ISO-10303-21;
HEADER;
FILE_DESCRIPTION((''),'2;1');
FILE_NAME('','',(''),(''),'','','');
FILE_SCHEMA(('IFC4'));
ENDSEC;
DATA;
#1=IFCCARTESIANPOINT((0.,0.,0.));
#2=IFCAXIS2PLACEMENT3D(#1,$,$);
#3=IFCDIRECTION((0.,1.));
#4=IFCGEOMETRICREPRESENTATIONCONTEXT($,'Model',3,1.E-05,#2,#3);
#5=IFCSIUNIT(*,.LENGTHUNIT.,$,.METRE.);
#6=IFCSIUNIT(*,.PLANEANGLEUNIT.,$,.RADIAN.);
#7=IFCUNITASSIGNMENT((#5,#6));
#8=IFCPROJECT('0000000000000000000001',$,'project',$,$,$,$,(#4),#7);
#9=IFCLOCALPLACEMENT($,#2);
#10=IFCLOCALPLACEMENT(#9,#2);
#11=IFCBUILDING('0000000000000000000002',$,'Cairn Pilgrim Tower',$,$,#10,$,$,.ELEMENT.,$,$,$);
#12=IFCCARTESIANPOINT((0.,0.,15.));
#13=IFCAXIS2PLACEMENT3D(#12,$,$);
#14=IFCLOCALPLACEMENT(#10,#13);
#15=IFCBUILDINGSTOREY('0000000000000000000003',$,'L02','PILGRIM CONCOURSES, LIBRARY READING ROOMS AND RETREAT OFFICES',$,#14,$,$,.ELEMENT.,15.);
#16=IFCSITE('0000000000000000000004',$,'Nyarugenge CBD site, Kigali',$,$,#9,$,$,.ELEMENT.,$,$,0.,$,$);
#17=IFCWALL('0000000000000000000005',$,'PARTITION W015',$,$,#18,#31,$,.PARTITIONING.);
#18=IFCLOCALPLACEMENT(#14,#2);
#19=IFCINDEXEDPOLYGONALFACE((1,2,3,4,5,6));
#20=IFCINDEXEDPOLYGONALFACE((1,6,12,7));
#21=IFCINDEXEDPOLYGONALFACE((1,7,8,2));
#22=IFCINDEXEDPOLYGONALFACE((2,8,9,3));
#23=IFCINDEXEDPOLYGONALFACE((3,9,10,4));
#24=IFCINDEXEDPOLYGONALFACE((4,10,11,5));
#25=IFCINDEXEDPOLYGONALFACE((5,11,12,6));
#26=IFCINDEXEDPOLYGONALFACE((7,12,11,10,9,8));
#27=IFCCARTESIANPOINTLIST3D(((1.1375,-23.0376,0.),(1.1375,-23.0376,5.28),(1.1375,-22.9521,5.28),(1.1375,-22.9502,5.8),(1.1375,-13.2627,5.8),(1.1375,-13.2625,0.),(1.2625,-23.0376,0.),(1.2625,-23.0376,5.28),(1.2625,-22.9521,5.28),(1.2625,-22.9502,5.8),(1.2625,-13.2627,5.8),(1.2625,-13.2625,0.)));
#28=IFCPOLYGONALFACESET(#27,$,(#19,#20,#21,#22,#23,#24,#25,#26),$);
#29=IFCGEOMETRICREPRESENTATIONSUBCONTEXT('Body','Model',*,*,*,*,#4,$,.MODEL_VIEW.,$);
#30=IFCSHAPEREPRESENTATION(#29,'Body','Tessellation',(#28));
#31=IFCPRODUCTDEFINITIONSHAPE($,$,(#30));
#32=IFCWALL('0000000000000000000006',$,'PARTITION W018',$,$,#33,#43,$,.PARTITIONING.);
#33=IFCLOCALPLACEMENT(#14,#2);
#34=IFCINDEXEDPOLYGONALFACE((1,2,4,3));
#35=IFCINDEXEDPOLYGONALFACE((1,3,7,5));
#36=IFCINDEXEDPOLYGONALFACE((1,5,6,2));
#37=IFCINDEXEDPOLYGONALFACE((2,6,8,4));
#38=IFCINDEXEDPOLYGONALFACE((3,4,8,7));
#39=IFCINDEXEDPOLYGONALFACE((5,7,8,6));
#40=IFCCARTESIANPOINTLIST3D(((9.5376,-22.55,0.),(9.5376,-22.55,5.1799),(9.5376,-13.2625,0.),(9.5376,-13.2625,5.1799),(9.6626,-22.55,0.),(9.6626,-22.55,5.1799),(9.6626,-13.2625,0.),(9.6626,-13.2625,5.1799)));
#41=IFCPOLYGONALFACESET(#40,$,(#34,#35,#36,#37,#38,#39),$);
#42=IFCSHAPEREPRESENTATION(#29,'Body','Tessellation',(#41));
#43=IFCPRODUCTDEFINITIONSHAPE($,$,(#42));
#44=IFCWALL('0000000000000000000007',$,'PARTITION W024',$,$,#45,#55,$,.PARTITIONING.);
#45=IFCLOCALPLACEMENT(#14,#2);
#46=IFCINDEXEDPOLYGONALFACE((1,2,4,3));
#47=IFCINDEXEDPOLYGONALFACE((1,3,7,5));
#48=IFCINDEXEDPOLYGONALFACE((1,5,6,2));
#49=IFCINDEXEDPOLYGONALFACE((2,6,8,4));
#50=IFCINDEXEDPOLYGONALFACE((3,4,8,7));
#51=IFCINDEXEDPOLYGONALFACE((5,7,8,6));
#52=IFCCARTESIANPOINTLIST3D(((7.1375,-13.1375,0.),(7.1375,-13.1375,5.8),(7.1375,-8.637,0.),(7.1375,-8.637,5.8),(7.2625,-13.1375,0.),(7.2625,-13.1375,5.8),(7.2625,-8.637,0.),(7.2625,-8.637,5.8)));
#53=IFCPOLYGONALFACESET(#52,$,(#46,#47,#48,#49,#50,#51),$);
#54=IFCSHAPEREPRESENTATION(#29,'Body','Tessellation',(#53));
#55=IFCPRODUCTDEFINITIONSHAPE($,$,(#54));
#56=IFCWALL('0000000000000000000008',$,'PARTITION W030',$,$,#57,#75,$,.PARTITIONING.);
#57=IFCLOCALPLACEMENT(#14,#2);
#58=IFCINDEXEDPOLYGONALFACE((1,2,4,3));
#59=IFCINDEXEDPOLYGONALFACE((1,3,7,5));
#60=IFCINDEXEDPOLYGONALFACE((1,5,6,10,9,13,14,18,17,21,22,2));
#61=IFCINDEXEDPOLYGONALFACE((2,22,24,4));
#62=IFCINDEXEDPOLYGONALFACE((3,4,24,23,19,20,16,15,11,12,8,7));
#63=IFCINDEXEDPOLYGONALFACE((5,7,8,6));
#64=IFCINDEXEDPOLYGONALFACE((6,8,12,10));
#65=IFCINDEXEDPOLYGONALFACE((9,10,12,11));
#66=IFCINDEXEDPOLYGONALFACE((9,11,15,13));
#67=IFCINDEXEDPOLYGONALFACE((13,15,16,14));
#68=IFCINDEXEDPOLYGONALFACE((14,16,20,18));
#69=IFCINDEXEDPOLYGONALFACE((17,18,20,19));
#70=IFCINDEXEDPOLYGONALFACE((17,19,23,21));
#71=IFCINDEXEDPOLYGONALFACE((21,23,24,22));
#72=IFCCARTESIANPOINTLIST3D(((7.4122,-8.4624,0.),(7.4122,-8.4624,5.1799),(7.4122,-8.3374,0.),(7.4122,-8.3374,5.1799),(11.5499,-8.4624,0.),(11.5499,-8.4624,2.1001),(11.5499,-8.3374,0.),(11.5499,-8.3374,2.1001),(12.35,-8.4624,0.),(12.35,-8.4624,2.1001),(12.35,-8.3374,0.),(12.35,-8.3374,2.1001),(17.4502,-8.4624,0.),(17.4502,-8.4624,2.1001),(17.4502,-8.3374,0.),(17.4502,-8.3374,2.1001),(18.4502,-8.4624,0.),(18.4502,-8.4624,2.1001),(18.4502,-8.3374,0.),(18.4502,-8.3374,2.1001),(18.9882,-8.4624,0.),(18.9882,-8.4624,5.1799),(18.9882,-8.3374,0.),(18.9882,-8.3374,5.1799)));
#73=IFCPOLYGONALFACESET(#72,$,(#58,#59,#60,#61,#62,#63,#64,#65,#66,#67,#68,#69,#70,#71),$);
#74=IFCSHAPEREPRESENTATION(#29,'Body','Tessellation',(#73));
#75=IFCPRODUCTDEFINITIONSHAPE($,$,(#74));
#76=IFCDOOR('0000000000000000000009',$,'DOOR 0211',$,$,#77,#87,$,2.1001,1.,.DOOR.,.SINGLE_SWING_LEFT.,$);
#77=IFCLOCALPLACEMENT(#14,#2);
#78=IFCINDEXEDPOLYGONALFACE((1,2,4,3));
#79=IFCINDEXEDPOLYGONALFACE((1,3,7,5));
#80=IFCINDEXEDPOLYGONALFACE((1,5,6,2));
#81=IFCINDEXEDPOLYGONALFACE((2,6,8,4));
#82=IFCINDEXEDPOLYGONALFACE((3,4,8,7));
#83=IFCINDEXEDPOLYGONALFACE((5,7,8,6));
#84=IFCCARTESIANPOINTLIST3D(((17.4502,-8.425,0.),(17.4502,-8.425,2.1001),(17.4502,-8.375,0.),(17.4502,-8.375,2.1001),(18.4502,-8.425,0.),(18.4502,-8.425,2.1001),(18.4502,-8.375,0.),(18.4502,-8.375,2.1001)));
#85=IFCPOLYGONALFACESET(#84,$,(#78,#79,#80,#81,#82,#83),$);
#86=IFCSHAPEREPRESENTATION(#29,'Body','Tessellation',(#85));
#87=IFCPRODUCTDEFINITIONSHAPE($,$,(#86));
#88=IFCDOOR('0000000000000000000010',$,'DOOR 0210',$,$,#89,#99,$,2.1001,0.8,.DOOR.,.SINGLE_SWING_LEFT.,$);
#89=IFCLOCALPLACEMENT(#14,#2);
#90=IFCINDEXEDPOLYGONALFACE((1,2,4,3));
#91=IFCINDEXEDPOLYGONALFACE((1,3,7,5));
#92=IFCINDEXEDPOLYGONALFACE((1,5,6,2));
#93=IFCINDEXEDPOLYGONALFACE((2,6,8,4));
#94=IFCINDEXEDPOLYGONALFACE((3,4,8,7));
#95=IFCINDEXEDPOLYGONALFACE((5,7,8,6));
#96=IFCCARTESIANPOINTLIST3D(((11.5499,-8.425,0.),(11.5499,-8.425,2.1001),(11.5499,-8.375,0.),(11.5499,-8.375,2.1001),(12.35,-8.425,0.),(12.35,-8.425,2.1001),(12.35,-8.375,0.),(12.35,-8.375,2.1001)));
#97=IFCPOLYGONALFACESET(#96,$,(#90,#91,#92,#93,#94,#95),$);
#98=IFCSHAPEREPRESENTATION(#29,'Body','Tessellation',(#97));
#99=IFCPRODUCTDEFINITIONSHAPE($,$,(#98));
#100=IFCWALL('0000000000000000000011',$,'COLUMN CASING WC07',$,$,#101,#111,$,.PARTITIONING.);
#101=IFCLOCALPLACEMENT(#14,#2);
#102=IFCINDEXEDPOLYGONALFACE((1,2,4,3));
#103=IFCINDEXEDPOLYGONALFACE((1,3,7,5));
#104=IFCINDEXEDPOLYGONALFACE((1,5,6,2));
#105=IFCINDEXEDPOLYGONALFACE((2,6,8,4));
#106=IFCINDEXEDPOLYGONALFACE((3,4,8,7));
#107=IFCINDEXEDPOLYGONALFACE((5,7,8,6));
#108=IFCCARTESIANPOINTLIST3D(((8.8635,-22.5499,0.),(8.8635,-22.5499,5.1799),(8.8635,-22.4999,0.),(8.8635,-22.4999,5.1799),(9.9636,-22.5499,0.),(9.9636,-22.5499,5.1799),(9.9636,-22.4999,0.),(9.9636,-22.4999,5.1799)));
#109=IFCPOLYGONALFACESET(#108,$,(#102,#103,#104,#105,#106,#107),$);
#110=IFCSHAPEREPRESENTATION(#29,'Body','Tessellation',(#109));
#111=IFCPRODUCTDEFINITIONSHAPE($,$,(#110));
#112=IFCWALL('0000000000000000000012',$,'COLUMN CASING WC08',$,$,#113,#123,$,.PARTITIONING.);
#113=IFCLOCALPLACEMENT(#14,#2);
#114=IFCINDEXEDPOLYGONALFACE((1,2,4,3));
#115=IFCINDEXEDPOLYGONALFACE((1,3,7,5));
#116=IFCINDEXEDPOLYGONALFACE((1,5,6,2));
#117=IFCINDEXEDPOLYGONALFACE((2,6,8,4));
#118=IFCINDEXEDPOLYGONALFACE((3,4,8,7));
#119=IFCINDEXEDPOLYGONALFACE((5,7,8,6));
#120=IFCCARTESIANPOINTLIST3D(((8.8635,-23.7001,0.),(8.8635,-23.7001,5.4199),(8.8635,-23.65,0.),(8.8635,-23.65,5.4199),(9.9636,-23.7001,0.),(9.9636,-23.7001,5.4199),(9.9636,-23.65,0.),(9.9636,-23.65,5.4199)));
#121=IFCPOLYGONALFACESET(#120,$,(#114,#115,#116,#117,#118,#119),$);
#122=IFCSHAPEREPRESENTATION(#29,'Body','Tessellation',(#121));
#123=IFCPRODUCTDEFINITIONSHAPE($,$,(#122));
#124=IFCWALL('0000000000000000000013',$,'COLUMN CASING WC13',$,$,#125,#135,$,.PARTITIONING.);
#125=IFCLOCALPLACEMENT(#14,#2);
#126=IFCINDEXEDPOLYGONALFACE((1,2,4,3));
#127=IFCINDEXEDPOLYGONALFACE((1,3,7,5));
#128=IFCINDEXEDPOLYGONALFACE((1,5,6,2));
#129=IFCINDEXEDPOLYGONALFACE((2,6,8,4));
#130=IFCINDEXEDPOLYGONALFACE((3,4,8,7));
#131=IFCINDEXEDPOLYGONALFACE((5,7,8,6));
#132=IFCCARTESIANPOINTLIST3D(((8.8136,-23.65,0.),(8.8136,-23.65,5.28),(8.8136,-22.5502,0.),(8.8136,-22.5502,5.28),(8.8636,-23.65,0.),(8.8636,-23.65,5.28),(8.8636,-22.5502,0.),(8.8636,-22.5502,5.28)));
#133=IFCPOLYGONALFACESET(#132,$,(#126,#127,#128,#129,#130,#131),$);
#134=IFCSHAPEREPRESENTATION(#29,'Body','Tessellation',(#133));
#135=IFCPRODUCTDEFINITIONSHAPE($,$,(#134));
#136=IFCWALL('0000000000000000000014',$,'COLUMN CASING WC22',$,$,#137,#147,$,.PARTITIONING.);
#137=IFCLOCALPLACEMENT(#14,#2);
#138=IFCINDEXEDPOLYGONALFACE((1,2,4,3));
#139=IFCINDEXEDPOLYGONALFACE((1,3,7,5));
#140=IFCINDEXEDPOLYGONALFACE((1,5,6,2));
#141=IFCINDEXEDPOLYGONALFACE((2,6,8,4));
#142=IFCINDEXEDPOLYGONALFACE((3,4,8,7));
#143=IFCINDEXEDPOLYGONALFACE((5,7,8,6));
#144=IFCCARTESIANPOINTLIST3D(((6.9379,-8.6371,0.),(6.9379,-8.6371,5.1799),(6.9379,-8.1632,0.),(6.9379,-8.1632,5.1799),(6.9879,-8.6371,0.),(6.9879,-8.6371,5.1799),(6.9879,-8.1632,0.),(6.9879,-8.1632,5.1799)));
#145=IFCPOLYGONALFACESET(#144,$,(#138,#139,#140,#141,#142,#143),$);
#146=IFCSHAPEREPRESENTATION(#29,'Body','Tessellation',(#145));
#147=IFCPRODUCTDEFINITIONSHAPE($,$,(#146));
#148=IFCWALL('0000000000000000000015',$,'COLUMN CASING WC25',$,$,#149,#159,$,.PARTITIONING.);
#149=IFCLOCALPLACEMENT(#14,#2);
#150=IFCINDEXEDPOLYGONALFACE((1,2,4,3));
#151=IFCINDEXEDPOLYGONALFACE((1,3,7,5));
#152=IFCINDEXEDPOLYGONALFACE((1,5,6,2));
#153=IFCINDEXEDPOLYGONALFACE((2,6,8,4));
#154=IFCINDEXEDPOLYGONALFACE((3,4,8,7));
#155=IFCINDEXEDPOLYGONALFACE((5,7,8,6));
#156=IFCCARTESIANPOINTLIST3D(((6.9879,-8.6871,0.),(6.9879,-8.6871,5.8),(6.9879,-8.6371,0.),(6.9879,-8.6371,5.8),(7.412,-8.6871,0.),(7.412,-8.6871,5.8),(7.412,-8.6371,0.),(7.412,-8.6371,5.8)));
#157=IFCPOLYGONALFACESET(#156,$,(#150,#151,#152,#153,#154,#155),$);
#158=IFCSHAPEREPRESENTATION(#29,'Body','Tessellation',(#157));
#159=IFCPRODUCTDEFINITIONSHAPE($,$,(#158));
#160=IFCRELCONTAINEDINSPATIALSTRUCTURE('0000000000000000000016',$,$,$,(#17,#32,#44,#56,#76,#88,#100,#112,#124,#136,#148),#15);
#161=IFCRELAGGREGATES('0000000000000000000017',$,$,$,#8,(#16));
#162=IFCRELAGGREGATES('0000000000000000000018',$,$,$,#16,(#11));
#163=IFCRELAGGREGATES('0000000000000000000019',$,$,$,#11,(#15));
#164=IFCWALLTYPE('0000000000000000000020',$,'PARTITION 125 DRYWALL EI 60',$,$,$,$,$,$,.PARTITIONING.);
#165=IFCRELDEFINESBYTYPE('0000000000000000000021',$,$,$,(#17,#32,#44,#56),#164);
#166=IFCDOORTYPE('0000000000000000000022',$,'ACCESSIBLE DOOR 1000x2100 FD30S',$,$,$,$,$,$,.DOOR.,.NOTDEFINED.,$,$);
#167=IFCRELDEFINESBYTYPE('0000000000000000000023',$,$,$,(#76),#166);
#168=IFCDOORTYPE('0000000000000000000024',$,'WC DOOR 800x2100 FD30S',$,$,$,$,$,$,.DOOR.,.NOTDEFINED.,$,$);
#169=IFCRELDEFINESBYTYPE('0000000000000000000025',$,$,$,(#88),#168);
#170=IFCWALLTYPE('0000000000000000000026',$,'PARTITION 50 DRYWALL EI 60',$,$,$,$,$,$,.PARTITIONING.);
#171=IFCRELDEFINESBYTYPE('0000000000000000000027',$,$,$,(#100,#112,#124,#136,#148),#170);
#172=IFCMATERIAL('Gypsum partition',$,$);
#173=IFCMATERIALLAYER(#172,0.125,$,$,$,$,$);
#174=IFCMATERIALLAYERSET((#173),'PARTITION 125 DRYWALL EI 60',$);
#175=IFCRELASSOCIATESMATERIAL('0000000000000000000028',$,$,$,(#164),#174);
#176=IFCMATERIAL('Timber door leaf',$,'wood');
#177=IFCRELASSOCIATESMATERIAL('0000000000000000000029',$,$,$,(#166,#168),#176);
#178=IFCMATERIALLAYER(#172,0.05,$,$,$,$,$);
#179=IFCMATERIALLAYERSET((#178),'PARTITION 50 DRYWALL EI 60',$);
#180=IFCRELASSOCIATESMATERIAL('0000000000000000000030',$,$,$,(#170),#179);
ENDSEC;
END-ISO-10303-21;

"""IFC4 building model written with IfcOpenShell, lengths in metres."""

from ifc_helpers import new_model, si_unit, direction, frame, frame_2d, origin, place, context, subcontext, project, spatial, polyline, rectangle, outline, extrude, material, layer, layer_set, type_object, element, fill, save


model = new_model("IFC4")

# Units and contexts
model_context = context("Model", 3, precision=1e-05, world=origin(), true_north=direction((0.0, 1.0)))
body_context = subcontext(model_context, "Body", "Model", "MODEL_VIEW")
ifc_project = project(units=[si_unit("LENGTHUNIT", "METRE"), si_unit("PLANEANGLEUNIT", "RADIAN")], contexts=[model_context])

# Site, building, storey
site_placement = place(None, origin())
site = spatial("IfcSite", under=ifc_project, at=site_placement, Name="Nyarugenge CBD site, Kigali", CompositionType="ELEMENT", RefElevation=0.0)
building_placement = place(site_placement, origin())
building = spatial("IfcBuilding", under=site, at=building_placement, Name="Cairn Pilgrim Tower", CompositionType="ELEMENT")
storey_placement = place(building_placement, frame((0.0, 0.0, 15.0)))
storey = spatial("IfcBuildingStorey", under=building, at=storey_placement, Name="L02", Description="PILGRIM CONCOURSES, LIBRARY READING ROOMS AND RETREAT OFFICES", CompositionType="ELEMENT", Elevation=15.0)

# Shared definitions
ifc_material_1 = material(Name="Gypsum partition")
ifc_layer_1 = layer(ifc_material_1, 0.125)
ifc_layer_set_1 = layer_set([ifc_layer_1], Name="PARTITION 125 DRYWALL EI 60")
wall_type_1 = type_object("IfcWallType", Name="PARTITION 125 DRYWALL EI 60", PredefinedType="PARTITIONING", material=ifc_layer_set_1)
ifc_material_2 = material(Name="Timber door leaf", Category="wood")

# Walls
wall_1_placement = place(storey_placement, frame((1.2, -23.0376, 0.0), z_axis=(0.0, 0.0, 1.0), x_axis=(0.0, 1.0, 0.0)))
element("IfcWall", 1, at=wall_1_placement, inside=storey, type_object=wall_type_1, Name="PARTITION W015", PredefinedType="PARTITIONING", context=body_context, shape_type="SweptSolid", body=[
    extrude(outline(polyline([(0.0, 0.0), (9.7751, 0.0), (9.7749, 5.8), (0.0874, 5.8), (0.0854, 5.28), (0.0, 5.28), (0.0, 0.0)])), frame((0.0, 0.0625, 0.0), z_axis=(0.0, -1.0, 0.0), x_axis=(1.0, 0.0, 0.0)), (0.0, 0.0, 1.0), 0.125),
])
wall_2_placement = place(storey_placement, frame((9.6001, -22.55, 0.0), z_axis=(0.0, 0.0, 1.0), x_axis=(0.0, 1.0, 0.0)))
element("IfcWall", 2, at=wall_2_placement, inside=storey, type_object=wall_type_1, Name="PARTITION W018", PredefinedType="PARTITIONING", context=body_context, shape_type="SweptSolid", body=[
    extrude(rectangle(XDim=9.2876, YDim=0.125, at=frame_2d((4.6438, 0.0))), origin(), (0.0, 0.0, 1.0), 5.1799),
])
wall_3_placement = place(storey_placement, frame((7.2, -13.1375, 0.0), z_axis=(0.0, 0.0, 1.0), x_axis=(0.0, 1.0, 0.0)))
element("IfcWall", 3, at=wall_3_placement, inside=storey, type_object=wall_type_1, Name="PARTITION W024", PredefinedType="PARTITIONING", context=body_context, shape_type="SweptSolid", body=[
    extrude(rectangle(XDim=4.5005, YDim=0.125, at=frame_2d((2.2502, 0.0))), origin(), (0.0, 0.0, 1.0), 5.8),
])

# Wall, openings, doors
wall_4_placement = place(storey_placement, frame((7.4121, -8.3999, 0.0), z_axis=(0.0, 0.0, 1.0), x_axis=(1.0, 0.0, 0.0)))
wall_4 = element("IfcWall", 4, at=wall_4_placement, inside=storey, type_object=wall_type_1, Name="PARTITION W030", PredefinedType="PARTITIONING", context=body_context, shape_type="SweptSolid", body=[
    extrude(rectangle(XDim=11.5759, YDim=0.125, at=frame_2d((5.7881, 0.0))), origin(), (0.0, 0.0, 1.0), 5.1799),
])
opening_1_placement = place(wall_4_placement, frame((4.1379, 0.0, 0.0)))
opening_1 = element("IfcOpeningElement", 5, at=opening_1_placement, cuts=wall_4, PredefinedType="OPENING", context=body_context, shape_type="SweptSolid", body=[
    extrude(rectangle(XDim=0.8, YDim=2.1001, at=frame_2d((0.3999, 1.05))), frame((0.0, 0.0725, 0.0), z_axis=(0.0, -1.0, 0.0), x_axis=(1.0, 0.0, 0.0)), (0.0, 0.0, 1.0), 0.145),
])
opening_2_placement = place(wall_4_placement, frame((10.0381, 0.0, 0.0)))
opening_2 = element("IfcOpeningElement", 6, at=opening_2_placement, cuts=wall_4, PredefinedType="OPENING", context=body_context, shape_type="SweptSolid", body=[
    extrude(rectangle(XDim=1.0, YDim=2.1001, at=frame_2d((0.5, 1.05))), frame((0.0, 0.0725, 0.0), z_axis=(0.0, -1.0, 0.0), x_axis=(1.0, 0.0, 0.0)), (0.0, 0.0, 1.0), 0.145),
])
door_type_1 = type_object("IfcDoorType", Name="ACCESSIBLE DOOR 1000x2100 FD30S", OperationType="NOTDEFINED", PredefinedType="DOOR", material=ifc_material_2)
door_1_placement = place(opening_2_placement, origin())
door_1 = element("IfcDoor", 7, at=door_1_placement, inside=storey, type_object=door_type_1, Name="DOOR 0211", OperationType="SINGLE_SWING_LEFT", OverallHeight=2.1001, OverallWidth=1.0, PredefinedType="DOOR", context=body_context, shape_type="SweptSolid", body=[
    extrude(rectangle(XDim=1.0, YDim=2.1001, at=frame_2d((0.5, 1.05))), frame((0.0, 0.0249, 0.0), z_axis=(0.0, -1.0, 0.0), x_axis=(1.0, 0.0, 0.0)), (0.0, 0.0, 1.0), 0.05),
])
fill(opening_2, door_1)
door_type_2 = type_object("IfcDoorType", Name="WC DOOR 800x2100 FD30S", OperationType="NOTDEFINED", PredefinedType="DOOR", material=ifc_material_2)
door_2_placement = place(opening_1_placement, origin())
door_2 = element("IfcDoor", 8, at=door_2_placement, inside=storey, type_object=door_type_2, Name="DOOR 0210", OperationType="SINGLE_SWING_LEFT", OverallHeight=2.1001, OverallWidth=0.8, PredefinedType="DOOR", context=body_context, shape_type="SweptSolid", body=[
    extrude(rectangle(XDim=0.8, YDim=2.1001, at=frame_2d((0.3999, 1.05))), frame((0.0, 0.0249, 0.0), z_axis=(0.0, -1.0, 0.0), x_axis=(1.0, 0.0, 0.0)), (0.0, 0.0, 1.0), 0.05),
])
fill(opening_1, door_2)

# Walls
ifc_layer_2 = layer(ifc_material_1, 0.05)
ifc_layer_set_2 = layer_set([ifc_layer_2], Name="PARTITION 50 DRYWALL EI 60")
wall_type_2 = type_object("IfcWallType", Name="PARTITION 50 DRYWALL EI 60", PredefinedType="PARTITIONING", material=ifc_layer_set_2)
wall_5_placement = place(storey_placement, frame((8.8635, -22.5249, 0.0), z_axis=(0.0, 0.0, 1.0), x_axis=(1.0, 0.0, 0.0)))
element("IfcWall", 9, at=wall_5_placement, inside=storey, type_object=wall_type_2, Name="COLUMN CASING WC07", PredefinedType="PARTITIONING", context=body_context, shape_type="SweptSolid", body=[
    extrude(rectangle(XDim=1.1001, YDim=0.05, at=frame_2d((0.55, 0.0))), origin(), (0.0, 0.0, 1.0), 5.1799),
])
wall_6_placement = place(storey_placement, frame((8.8635, -23.675, 0.0), z_axis=(0.0, 0.0, 1.0), x_axis=(1.0, 0.0, 0.0)))
element("IfcWall", 10, at=wall_6_placement, inside=storey, type_object=wall_type_2, Name="COLUMN CASING WC08", PredefinedType="PARTITIONING", context=body_context, shape_type="SweptSolid", body=[
    extrude(rectangle(XDim=1.1001, YDim=0.05, at=frame_2d((0.55, 0.0))), origin(), (0.0, 0.0, 1.0), 5.4199),
])
wall_7_placement = place(storey_placement, frame((8.8386, -23.6499, 0.0), z_axis=(0.0, 0.0, 1.0), x_axis=(0.0, 1.0, 0.0)))
element("IfcWall", 11, at=wall_7_placement, inside=storey, type_object=wall_type_2, Name="COLUMN CASING WC13", PredefinedType="PARTITIONING", context=body_context, shape_type="SweptSolid", body=[
    extrude(rectangle(XDim=1.0999, YDim=0.05, at=frame_2d((0.5498, 0.0))), origin(), (0.0, 0.0, 1.0), 5.28),
])
wall_8_placement = place(storey_placement, frame((6.9629, -8.637, 0.0), z_axis=(0.0, 0.0, 1.0), x_axis=(0.0, 1.0, 0.0)))
element("IfcWall", 12, at=wall_8_placement, inside=storey, type_object=wall_type_2, Name="COLUMN CASING WC22", PredefinedType="PARTITIONING", context=body_context, shape_type="SweptSolid", body=[
    extrude(rectangle(XDim=0.4739, YDim=0.05, at=frame_2d((0.2368, 0.0))), origin(), (0.0, 0.0, 1.0), 5.1799),
])
wall_9_placement = place(storey_placement, frame((6.988, -8.6621, 0.0), z_axis=(0.0, 0.0, 1.0), x_axis=(1.0, 0.0, 0.0)))
element("IfcWall", 13, at=wall_9_placement, inside=storey, type_object=wall_type_2, Name="COLUMN CASING WC25", PredefinedType="PARTITIONING", context=body_context, shape_type="SweptSolid", body=[
    extrude(rectangle(XDim=0.4241, YDim=0.05, at=frame_2d((0.2119, 0.0))), origin(), (0.0, 0.0, 1.0), 5.8),
])

save(model, "model.ifc")
